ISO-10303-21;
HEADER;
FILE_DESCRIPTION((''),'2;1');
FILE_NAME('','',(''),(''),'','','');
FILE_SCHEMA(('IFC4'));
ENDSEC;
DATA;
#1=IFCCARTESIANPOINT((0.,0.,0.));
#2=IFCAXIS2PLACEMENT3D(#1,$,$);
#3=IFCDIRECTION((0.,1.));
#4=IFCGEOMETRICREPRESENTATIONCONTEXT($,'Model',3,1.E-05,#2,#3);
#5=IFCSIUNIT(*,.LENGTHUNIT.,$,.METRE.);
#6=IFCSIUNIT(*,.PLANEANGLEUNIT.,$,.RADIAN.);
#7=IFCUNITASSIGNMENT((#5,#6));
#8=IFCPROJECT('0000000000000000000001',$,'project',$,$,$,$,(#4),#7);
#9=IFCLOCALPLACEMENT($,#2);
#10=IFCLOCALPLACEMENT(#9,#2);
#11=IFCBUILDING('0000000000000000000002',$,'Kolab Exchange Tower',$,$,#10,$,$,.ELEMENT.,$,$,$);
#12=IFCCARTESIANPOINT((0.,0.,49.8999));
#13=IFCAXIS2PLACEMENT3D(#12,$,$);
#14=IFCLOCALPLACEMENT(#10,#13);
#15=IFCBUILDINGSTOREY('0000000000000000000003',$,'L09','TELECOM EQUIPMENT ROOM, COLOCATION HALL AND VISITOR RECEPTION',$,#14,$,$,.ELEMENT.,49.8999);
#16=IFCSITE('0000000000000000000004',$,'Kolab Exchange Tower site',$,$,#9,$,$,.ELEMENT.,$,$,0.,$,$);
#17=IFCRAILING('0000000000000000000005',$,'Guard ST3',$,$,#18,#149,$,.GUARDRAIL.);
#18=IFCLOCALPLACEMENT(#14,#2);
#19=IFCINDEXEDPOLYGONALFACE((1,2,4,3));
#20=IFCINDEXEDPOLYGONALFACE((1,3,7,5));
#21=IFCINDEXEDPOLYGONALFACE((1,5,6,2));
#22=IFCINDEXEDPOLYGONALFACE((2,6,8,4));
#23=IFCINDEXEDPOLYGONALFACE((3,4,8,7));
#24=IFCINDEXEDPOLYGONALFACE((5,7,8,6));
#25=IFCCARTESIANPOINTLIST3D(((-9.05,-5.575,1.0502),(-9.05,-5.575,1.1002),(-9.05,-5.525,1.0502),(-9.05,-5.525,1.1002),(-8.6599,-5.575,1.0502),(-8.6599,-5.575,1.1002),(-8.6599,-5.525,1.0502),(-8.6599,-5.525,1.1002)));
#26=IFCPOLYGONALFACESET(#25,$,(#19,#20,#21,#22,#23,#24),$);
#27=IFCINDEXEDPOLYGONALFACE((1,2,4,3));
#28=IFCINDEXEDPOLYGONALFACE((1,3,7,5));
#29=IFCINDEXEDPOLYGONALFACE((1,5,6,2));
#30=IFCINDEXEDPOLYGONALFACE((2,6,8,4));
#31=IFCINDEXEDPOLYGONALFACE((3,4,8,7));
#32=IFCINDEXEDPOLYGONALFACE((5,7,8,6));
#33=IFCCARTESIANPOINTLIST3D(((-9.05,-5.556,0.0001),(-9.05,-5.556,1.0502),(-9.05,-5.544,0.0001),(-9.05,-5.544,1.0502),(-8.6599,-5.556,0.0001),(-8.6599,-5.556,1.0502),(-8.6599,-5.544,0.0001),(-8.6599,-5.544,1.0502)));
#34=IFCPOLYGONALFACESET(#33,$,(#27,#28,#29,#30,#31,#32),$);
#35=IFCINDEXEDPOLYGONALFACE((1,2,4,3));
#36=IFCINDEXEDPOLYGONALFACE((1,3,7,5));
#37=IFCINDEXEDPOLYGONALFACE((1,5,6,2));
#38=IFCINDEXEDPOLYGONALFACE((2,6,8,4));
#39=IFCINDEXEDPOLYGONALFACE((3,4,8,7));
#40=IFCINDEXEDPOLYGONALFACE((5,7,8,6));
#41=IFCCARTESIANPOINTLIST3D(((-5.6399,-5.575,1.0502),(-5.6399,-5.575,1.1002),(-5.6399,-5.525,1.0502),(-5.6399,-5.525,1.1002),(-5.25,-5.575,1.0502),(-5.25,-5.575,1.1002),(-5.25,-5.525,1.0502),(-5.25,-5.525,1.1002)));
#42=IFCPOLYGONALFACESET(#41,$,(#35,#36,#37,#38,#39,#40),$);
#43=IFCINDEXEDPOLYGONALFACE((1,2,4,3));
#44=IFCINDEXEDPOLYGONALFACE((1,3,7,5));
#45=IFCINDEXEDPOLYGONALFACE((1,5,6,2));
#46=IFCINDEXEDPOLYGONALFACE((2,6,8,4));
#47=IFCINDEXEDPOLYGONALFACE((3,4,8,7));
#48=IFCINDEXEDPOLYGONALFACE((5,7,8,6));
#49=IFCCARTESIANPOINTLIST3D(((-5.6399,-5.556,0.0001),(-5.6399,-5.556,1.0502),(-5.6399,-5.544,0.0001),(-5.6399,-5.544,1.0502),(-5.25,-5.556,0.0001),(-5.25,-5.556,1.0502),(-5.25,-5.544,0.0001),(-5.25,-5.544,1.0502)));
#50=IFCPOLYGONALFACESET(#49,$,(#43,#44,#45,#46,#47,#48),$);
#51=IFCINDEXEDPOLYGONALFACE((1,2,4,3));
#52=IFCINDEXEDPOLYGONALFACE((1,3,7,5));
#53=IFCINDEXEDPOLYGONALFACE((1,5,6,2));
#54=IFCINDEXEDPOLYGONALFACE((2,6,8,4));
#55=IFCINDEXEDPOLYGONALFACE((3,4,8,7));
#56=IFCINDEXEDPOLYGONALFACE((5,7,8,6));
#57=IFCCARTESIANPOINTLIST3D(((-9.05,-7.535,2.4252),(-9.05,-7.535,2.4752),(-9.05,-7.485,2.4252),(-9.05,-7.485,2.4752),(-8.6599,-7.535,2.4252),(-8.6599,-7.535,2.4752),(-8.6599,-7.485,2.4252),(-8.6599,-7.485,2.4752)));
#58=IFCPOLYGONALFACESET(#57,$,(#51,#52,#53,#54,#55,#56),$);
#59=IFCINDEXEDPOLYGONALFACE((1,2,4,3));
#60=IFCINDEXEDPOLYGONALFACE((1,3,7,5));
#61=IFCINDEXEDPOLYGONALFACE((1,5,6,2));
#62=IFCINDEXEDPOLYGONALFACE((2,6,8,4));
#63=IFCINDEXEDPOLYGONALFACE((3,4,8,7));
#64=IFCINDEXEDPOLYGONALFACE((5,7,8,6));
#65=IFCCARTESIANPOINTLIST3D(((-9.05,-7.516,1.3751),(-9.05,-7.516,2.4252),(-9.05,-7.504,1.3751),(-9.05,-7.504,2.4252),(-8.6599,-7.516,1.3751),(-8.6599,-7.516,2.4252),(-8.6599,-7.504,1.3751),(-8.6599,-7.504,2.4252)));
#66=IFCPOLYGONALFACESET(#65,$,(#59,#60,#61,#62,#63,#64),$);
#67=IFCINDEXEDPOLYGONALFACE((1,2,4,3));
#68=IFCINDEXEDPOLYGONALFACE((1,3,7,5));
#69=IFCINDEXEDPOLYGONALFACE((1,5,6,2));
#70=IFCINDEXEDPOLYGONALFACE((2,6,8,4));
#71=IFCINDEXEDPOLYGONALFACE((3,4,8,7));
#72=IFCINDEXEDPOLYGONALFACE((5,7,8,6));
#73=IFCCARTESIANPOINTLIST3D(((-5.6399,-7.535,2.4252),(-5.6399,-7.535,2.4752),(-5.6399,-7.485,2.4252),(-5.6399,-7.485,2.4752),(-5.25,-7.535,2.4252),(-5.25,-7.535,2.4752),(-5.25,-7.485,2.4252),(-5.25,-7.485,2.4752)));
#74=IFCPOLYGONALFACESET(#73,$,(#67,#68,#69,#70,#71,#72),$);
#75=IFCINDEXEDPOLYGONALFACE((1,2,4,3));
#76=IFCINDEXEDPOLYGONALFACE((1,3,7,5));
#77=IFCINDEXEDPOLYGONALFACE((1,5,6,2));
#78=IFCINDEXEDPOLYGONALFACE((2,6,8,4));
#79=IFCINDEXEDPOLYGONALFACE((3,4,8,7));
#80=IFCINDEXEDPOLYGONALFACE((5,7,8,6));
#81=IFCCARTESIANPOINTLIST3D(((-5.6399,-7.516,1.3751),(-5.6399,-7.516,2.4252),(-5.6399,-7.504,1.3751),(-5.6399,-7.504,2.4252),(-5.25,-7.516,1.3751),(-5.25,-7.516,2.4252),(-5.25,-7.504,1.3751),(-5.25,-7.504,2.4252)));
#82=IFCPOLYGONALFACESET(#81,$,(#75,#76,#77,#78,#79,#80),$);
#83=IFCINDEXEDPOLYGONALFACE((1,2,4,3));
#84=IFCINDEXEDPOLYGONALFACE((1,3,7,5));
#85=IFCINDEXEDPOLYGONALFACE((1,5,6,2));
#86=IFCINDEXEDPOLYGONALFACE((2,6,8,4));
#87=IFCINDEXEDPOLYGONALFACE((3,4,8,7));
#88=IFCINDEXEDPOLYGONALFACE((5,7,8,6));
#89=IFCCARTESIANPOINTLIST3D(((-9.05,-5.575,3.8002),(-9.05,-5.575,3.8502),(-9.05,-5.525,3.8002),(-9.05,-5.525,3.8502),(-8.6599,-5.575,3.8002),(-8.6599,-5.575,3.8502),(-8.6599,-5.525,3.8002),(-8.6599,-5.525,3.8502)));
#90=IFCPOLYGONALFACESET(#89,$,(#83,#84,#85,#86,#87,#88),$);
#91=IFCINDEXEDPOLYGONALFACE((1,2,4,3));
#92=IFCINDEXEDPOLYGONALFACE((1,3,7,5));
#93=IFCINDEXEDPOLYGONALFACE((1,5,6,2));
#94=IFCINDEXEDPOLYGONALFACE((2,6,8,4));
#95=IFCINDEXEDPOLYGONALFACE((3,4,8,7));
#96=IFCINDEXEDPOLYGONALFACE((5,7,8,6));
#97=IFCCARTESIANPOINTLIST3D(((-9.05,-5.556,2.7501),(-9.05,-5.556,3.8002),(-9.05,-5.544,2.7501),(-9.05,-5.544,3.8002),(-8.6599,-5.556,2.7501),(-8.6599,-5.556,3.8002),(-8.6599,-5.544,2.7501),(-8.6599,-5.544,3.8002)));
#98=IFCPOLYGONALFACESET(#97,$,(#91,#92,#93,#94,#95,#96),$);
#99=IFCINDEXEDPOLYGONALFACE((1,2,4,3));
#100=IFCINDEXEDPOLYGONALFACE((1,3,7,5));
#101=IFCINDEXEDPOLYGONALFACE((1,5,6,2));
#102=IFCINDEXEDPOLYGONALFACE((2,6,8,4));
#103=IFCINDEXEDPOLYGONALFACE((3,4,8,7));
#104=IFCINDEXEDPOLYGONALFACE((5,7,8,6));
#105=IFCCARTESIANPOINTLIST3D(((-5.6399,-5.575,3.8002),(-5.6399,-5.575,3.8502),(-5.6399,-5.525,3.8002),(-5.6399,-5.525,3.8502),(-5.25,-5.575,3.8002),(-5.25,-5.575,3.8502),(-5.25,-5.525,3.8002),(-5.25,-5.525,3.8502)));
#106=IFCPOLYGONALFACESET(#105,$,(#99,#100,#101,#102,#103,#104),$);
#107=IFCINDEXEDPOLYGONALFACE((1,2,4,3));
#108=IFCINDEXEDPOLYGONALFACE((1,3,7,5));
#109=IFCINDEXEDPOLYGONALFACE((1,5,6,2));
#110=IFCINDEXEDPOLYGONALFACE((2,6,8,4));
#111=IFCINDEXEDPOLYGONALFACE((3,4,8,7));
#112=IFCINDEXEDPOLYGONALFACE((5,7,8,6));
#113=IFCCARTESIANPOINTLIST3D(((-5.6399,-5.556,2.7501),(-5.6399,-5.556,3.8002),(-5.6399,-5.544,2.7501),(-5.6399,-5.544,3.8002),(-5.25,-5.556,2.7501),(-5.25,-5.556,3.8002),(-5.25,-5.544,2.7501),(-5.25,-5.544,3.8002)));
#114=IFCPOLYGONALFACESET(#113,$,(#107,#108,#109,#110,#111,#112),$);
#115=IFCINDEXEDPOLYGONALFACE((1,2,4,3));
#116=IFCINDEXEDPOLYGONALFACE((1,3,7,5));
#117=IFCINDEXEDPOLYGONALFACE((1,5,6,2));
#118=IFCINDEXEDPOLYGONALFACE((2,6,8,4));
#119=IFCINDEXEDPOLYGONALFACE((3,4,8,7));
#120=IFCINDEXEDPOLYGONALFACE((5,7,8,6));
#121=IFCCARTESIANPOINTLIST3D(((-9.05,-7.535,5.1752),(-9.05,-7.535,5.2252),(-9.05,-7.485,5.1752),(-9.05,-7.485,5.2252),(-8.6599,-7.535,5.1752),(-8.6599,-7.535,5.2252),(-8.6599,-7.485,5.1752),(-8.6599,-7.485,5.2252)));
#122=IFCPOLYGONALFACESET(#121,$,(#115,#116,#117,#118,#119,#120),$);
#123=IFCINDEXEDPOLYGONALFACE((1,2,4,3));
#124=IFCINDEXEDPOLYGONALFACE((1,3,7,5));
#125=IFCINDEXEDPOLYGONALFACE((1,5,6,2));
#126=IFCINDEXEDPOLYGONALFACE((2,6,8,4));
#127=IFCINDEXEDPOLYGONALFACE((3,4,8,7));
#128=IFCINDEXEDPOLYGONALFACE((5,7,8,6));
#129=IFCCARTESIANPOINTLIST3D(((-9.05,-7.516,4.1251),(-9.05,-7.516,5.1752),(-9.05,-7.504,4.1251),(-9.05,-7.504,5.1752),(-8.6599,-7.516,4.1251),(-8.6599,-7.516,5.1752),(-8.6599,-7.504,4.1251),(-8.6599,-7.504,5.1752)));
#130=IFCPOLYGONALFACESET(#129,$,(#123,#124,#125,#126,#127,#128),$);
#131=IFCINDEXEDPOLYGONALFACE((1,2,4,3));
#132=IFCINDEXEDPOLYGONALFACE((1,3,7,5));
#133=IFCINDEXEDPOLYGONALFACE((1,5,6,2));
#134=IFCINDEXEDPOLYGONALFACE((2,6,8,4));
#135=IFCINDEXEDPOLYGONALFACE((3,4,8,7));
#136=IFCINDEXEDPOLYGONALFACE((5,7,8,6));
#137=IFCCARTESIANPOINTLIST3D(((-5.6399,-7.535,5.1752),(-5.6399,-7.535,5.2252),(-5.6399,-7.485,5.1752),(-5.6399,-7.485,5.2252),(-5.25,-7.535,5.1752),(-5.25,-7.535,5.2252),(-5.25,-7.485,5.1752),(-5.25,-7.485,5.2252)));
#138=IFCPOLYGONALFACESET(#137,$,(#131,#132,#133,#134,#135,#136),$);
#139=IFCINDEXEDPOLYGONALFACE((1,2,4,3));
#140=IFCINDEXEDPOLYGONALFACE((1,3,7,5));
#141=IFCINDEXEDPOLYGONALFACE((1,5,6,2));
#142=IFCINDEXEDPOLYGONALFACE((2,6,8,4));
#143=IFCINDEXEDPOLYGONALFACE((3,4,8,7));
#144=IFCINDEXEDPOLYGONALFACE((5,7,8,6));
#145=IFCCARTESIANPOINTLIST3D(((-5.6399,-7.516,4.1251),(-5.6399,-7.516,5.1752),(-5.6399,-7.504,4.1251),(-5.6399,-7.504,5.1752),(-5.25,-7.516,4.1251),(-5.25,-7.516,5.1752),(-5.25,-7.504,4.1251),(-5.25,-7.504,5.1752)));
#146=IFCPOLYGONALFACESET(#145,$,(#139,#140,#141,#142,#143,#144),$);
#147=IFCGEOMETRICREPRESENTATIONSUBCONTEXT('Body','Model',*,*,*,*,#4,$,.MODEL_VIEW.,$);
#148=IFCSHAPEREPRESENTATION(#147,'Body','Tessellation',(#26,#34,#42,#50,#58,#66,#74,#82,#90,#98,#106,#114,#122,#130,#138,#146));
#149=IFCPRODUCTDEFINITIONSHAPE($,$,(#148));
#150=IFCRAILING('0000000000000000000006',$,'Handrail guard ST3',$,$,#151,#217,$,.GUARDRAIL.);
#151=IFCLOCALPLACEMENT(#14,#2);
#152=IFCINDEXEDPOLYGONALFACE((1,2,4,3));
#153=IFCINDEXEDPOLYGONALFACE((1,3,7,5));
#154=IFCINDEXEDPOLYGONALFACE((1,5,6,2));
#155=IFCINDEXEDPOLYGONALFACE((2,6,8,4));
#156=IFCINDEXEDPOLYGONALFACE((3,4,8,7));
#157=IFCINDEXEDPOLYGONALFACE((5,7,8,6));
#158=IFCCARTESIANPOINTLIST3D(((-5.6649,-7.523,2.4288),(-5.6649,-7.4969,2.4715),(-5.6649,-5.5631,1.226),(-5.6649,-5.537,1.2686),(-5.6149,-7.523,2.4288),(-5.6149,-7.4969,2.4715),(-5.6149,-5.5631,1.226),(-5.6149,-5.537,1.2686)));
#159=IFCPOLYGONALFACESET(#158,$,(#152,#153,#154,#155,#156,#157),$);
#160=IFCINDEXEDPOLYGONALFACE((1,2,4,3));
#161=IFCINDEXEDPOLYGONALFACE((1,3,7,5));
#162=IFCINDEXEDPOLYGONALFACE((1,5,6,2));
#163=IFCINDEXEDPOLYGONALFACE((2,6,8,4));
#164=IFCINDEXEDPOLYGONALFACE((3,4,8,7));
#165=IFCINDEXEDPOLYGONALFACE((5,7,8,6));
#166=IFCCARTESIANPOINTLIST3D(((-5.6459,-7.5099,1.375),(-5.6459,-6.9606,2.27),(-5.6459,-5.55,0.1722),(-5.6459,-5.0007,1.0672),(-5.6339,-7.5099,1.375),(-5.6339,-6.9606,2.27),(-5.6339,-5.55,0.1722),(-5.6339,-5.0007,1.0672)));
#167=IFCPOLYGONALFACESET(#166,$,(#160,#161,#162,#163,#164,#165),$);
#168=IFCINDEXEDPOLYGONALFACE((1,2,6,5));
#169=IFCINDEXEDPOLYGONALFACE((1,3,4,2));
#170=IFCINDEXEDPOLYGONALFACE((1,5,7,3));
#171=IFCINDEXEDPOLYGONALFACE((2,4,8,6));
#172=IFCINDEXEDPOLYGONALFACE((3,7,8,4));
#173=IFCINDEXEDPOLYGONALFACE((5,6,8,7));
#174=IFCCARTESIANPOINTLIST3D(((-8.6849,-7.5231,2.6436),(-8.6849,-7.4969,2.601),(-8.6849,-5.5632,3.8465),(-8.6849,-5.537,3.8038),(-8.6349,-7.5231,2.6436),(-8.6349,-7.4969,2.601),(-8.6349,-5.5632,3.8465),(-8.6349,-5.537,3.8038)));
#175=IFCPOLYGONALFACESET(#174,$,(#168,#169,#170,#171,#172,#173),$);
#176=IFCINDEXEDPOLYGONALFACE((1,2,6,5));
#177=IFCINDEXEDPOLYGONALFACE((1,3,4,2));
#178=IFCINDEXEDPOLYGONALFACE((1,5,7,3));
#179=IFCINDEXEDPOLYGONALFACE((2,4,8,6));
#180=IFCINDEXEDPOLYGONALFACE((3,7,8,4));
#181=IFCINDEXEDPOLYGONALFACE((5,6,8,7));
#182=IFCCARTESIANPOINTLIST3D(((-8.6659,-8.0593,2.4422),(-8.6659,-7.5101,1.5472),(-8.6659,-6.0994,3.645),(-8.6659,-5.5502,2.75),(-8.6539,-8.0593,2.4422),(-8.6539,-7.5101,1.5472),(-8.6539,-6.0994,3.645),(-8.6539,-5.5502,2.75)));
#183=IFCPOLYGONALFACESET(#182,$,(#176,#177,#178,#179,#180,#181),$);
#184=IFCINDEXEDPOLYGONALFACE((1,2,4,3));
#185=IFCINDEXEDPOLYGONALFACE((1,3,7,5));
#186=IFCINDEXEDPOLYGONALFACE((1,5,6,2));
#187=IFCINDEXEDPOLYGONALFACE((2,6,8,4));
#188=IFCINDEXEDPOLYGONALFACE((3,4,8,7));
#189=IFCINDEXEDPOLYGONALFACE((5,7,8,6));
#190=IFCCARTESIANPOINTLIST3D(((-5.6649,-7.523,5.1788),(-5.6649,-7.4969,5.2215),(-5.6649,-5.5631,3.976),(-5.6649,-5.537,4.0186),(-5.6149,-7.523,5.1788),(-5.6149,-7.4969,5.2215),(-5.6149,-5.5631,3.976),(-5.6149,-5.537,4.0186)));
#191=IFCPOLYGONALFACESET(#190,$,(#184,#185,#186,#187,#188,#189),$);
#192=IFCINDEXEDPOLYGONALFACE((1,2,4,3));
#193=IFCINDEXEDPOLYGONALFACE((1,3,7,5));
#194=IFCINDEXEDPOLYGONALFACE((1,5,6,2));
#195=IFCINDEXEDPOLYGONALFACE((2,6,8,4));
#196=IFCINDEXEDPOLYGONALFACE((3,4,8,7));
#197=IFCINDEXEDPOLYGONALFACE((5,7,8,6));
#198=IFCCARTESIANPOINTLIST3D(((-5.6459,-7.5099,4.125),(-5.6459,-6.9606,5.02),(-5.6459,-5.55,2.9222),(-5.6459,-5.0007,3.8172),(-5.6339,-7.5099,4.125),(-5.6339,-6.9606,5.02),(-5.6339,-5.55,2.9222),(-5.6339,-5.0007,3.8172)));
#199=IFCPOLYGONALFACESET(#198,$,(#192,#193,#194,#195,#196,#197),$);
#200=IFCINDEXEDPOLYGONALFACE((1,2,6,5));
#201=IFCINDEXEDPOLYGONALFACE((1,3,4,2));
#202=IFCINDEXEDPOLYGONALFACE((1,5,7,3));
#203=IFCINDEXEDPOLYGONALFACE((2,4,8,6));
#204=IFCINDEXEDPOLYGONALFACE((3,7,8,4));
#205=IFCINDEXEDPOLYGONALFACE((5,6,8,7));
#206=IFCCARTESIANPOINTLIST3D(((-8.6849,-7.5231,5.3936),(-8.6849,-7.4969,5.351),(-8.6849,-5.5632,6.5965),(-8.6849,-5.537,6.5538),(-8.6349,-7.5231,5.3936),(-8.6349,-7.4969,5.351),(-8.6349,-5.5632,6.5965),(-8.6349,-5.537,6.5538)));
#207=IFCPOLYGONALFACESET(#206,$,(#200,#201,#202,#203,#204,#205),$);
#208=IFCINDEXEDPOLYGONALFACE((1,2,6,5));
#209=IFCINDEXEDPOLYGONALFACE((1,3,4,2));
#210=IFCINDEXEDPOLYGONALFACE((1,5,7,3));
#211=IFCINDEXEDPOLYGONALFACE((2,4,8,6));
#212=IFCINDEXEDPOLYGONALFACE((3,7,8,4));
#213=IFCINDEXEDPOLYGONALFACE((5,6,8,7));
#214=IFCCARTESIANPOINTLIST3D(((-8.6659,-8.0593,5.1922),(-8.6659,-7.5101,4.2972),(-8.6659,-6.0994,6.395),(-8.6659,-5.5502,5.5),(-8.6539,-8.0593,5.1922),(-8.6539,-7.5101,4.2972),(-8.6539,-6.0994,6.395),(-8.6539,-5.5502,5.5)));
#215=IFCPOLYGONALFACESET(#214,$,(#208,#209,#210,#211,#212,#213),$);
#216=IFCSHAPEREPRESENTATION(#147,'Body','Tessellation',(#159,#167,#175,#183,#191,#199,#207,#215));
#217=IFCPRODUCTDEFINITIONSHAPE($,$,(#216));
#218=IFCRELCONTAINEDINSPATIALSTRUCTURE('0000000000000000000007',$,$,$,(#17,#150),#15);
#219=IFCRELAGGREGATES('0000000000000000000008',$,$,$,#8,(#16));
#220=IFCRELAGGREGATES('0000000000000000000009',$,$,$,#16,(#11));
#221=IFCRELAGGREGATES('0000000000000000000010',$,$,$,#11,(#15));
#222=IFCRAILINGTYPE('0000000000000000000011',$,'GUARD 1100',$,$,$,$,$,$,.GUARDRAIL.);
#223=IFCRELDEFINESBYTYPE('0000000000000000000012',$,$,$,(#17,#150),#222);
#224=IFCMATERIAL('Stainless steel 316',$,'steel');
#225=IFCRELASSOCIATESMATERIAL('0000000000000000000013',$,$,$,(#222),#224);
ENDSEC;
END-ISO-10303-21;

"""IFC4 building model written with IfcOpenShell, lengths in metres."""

from ifc_helpers import new_model, si_unit, direction, frame, frame_2d, origin, origin_2d, place, context, subcontext, project, spatial, rectangle, extrude, material, type_object, element, save


model = new_model("IFC4")

# Units and contexts
model_context = context("Model", 3, precision=1e-05, world=origin(), true_north=direction((0.0, 1.0)))
body_context = subcontext(model_context, "Body", "Model", "MODEL_VIEW")
ifc_project = project(units=[si_unit("LENGTHUNIT", "METRE"), si_unit("PLANEANGLEUNIT", "RADIAN")], contexts=[model_context])

# Site, building, storey
site_placement = place(None, origin())
site = spatial("IfcSite", under=ifc_project, at=site_placement, Name="Kolab Exchange Tower site", CompositionType="ELEMENT", RefElevation=0.0)
building_placement = place(site_placement, origin())
building = spatial("IfcBuilding", under=site, at=building_placement, Name="Kolab Exchange Tower", CompositionType="ELEMENT")
storey_placement = place(building_placement, frame((0.0, 0.0, 49.8999)))
storey = spatial("IfcBuildingStorey", under=building, at=storey_placement, Name="L09", Description="TELECOM EQUIPMENT ROOM, COLOCATION HALL AND VISITOR RECEPTION", CompositionType="ELEMENT", Elevation=49.8999)

# Shared definitions
ifc_material_1 = material(Name="Stainless steel 316", Category="steel")

# Railings
railing_type = type_object("IfcRailingType", Name="GUARD 1100", PredefinedType="GUARDRAIL", material=ifc_material_1)
railing_1_placement = place(storey_placement, frame((-9.05, -5.55, 0.0)))
element("IfcRailing", 1, at=railing_1_placement, inside=storey, type_object=railing_type, Name="Guard ST3", PredefinedType="GUARDRAIL", context=body_context, shape_type="SweptSolid", body=[
    extrude(rectangle(XDim=0.05, YDim=0.05, at=origin_2d()), frame((0.0, 0.0, 1.0752), z_axis=(1.0, 0.0, 0.0), x_axis=(0.0, 1.0, 0.0)), (0.0, 0.0, 1.0), 0.3901),
    extrude(rectangle(XDim=0.012, YDim=1.0501, at=frame_2d((0.0, 0.5251))), frame((0.0, 0.0, 0.0), z_axis=(1.0, 0.0, 0.0), x_axis=(0.0, 1.0, 0.0)), (0.0, 0.0, 1.0), 0.3901),
    extrude(rectangle(XDim=0.05, YDim=0.05, at=origin_2d()), frame((3.4102, 0.0, 1.0752), z_axis=(1.0, 0.0, 0.0), x_axis=(0.0, 1.0, 0.0)), (0.0, 0.0, 1.0), 0.3899),
    extrude(rectangle(XDim=0.012, YDim=1.0501, at=frame_2d((0.0, 0.5251))), frame((3.4102, 0.0, 0.0), z_axis=(1.0, 0.0, 0.0), x_axis=(0.0, 1.0, 0.0)), (0.0, 0.0, 1.0), 0.3899),
    extrude(rectangle(XDim=0.05, YDim=0.05, at=origin_2d()), frame((0.0, -1.96, 2.4502), z_axis=(1.0, 0.0, 0.0), x_axis=(0.0, 1.0, 0.0)), (0.0, 0.0, 1.0), 0.3901),
    extrude(rectangle(XDim=0.012, YDim=1.0501, at=frame_2d((0.0, 0.5251))), frame((0.0, -1.96, 1.375), z_axis=(1.0, 0.0, 0.0), x_axis=(0.0, 1.0, 0.0)), (0.0, 0.0, 1.0), 0.3901),
    extrude(rectangle(XDim=0.05, YDim=0.05, at=origin_2d()), frame((3.4102, -1.96, 2.4502), z_axis=(1.0, 0.0, 0.0), x_axis=(0.0, 1.0, 0.0)), (0.0, 0.0, 1.0), 0.3899),
    extrude(rectangle(XDim=0.012, YDim=1.0501, at=frame_2d((0.0, 0.5251))), frame((3.4102, -1.96, 1.375), z_axis=(1.0, 0.0, 0.0), x_axis=(0.0, 1.0, 0.0)), (0.0, 0.0, 1.0), 0.3899),
    extrude(rectangle(XDim=0.05, YDim=0.05, at=origin_2d()), frame((0.0, 0.0, 3.8252), z_axis=(1.0, 0.0, 0.0), x_axis=(0.0, 1.0, 0.0)), (0.0, 0.0, 1.0), 0.3901),
    extrude(rectangle(XDim=0.012, YDim=1.0501, at=frame_2d((0.0, 0.5251))), frame((0.0, 0.0, 2.75), z_axis=(1.0, 0.0, 0.0), x_axis=(0.0, 1.0, 0.0)), (0.0, 0.0, 1.0), 0.3901),
    extrude(rectangle(XDim=0.05, YDim=0.05, at=origin_2d()), frame((3.4102, 0.0, 3.8252), z_axis=(1.0, 0.0, 0.0), x_axis=(0.0, 1.0, 0.0)), (0.0, 0.0, 1.0), 0.3899),
    extrude(rectangle(XDim=0.012, YDim=1.0501, at=frame_2d((0.0, 0.5251))), frame((3.4102, 0.0, 2.75), z_axis=(1.0, 0.0, 0.0), x_axis=(0.0, 1.0, 0.0)), (0.0, 0.0, 1.0), 0.3899),
    extrude(rectangle(XDim=0.05, YDim=0.05, at=origin_2d()), frame((0.0, -1.96, 5.2002), z_axis=(1.0, 0.0, 0.0), x_axis=(0.0, 1.0, 0.0)), (0.0, 0.0, 1.0), 0.3901),
    extrude(rectangle(XDim=0.012, YDim=1.0501, at=frame_2d((0.0, 0.5251))), frame((0.0, -1.96, 4.125), z_axis=(1.0, 0.0, 0.0), x_axis=(0.0, 1.0, 0.0)), (0.0, 0.0, 1.0), 0.3901),
    extrude(rectangle(XDim=0.05, YDim=0.05, at=origin_2d()), frame((3.4102, -1.96, 5.2002), z_axis=(1.0, 0.0, 0.0), x_axis=(0.0, 1.0, 0.0)), (0.0, 0.0, 1.0), 0.3899),
    extrude(rectangle(XDim=0.012, YDim=1.0501, at=frame_2d((0.0, 0.5251))), frame((3.4102, -1.96, 4.125), z_axis=(1.0, 0.0, 0.0), x_axis=(0.0, 1.0, 0.0)), (0.0, 0.0, 1.0), 0.3899),
])
railing_2_placement = place(storey_placement, frame((-5.6399, -5.55, 0.1721)))
element("IfcRailing", 2, at=railing_2_placement, inside=storey, type_object=railing_type, Name="Handrail guard ST3", PredefinedType="GUARDRAIL", context=body_context, shape_type="SweptSolid", body=[
    extrude(rectangle(XDim=0.05, YDim=0.05, at=origin_2d()), frame((0.0, 0.0, 1.0752), z_axis=(0.0, -0.852288, 0.523072), x_axis=(1.0, 0.0, 0.0)), (0.0, 0.0, 1.0), 2.2996),
    extrude(rectangle(XDim=0.012, YDim=1.0501, at=frame_2d((0.0, 0.5251))), frame((0.0, 0.0, 0.0), z_axis=(0.0, -0.852288, 0.523072), x_axis=(1.0, 0.0, 0.0)), (0.0, 0.0, 1.0), 2.2996),
    extrude(rectangle(XDim=0.05, YDim=0.05, at=origin_2d()), frame((-3.02, -1.96, 2.4502), z_axis=(0.0, 0.852288, 0.523072), x_axis=(-1.0, 0.0, 0.0)), (0.0, 0.0, 1.0), 2.2996),
    extrude(rectangle(XDim=0.012, YDim=1.0501, at=frame_2d((0.0, 0.5251))), frame((-3.02, -1.96, 1.375), z_axis=(0.0, 0.852288, 0.523072), x_axis=(-1.0, 0.0, 0.0)), (0.0, 0.0, 1.0), 2.2996),
    extrude(rectangle(XDim=0.05, YDim=0.05, at=origin_2d()), frame((0.0, 0.0, 3.8252), z_axis=(0.0, -0.852288, 0.523072), x_axis=(1.0, 0.0, 0.0)), (0.0, 0.0, 1.0), 2.2996),
    extrude(rectangle(XDim=0.012, YDim=1.0501, at=frame_2d((0.0, 0.5251))), frame((0.0, 0.0, 2.75), z_axis=(0.0, -0.852288, 0.523072), x_axis=(1.0, 0.0, 0.0)), (0.0, 0.0, 1.0), 2.2996),
    extrude(rectangle(XDim=0.05, YDim=0.05, at=origin_2d()), frame((-3.02, -1.96, 5.2002), z_axis=(0.0, 0.852288, 0.523072), x_axis=(-1.0, 0.0, 0.0)), (0.0, 0.0, 1.0), 2.2996),
    extrude(rectangle(XDim=0.012, YDim=1.0501, at=frame_2d((0.0, 0.5251))), frame((-3.02, -1.96, 4.125), z_axis=(0.0, 0.852288, 0.523072), x_axis=(-1.0, 0.0, 0.0)), (0.0, 0.0, 1.0), 2.2996),
])

save(model, "model.ifc")
